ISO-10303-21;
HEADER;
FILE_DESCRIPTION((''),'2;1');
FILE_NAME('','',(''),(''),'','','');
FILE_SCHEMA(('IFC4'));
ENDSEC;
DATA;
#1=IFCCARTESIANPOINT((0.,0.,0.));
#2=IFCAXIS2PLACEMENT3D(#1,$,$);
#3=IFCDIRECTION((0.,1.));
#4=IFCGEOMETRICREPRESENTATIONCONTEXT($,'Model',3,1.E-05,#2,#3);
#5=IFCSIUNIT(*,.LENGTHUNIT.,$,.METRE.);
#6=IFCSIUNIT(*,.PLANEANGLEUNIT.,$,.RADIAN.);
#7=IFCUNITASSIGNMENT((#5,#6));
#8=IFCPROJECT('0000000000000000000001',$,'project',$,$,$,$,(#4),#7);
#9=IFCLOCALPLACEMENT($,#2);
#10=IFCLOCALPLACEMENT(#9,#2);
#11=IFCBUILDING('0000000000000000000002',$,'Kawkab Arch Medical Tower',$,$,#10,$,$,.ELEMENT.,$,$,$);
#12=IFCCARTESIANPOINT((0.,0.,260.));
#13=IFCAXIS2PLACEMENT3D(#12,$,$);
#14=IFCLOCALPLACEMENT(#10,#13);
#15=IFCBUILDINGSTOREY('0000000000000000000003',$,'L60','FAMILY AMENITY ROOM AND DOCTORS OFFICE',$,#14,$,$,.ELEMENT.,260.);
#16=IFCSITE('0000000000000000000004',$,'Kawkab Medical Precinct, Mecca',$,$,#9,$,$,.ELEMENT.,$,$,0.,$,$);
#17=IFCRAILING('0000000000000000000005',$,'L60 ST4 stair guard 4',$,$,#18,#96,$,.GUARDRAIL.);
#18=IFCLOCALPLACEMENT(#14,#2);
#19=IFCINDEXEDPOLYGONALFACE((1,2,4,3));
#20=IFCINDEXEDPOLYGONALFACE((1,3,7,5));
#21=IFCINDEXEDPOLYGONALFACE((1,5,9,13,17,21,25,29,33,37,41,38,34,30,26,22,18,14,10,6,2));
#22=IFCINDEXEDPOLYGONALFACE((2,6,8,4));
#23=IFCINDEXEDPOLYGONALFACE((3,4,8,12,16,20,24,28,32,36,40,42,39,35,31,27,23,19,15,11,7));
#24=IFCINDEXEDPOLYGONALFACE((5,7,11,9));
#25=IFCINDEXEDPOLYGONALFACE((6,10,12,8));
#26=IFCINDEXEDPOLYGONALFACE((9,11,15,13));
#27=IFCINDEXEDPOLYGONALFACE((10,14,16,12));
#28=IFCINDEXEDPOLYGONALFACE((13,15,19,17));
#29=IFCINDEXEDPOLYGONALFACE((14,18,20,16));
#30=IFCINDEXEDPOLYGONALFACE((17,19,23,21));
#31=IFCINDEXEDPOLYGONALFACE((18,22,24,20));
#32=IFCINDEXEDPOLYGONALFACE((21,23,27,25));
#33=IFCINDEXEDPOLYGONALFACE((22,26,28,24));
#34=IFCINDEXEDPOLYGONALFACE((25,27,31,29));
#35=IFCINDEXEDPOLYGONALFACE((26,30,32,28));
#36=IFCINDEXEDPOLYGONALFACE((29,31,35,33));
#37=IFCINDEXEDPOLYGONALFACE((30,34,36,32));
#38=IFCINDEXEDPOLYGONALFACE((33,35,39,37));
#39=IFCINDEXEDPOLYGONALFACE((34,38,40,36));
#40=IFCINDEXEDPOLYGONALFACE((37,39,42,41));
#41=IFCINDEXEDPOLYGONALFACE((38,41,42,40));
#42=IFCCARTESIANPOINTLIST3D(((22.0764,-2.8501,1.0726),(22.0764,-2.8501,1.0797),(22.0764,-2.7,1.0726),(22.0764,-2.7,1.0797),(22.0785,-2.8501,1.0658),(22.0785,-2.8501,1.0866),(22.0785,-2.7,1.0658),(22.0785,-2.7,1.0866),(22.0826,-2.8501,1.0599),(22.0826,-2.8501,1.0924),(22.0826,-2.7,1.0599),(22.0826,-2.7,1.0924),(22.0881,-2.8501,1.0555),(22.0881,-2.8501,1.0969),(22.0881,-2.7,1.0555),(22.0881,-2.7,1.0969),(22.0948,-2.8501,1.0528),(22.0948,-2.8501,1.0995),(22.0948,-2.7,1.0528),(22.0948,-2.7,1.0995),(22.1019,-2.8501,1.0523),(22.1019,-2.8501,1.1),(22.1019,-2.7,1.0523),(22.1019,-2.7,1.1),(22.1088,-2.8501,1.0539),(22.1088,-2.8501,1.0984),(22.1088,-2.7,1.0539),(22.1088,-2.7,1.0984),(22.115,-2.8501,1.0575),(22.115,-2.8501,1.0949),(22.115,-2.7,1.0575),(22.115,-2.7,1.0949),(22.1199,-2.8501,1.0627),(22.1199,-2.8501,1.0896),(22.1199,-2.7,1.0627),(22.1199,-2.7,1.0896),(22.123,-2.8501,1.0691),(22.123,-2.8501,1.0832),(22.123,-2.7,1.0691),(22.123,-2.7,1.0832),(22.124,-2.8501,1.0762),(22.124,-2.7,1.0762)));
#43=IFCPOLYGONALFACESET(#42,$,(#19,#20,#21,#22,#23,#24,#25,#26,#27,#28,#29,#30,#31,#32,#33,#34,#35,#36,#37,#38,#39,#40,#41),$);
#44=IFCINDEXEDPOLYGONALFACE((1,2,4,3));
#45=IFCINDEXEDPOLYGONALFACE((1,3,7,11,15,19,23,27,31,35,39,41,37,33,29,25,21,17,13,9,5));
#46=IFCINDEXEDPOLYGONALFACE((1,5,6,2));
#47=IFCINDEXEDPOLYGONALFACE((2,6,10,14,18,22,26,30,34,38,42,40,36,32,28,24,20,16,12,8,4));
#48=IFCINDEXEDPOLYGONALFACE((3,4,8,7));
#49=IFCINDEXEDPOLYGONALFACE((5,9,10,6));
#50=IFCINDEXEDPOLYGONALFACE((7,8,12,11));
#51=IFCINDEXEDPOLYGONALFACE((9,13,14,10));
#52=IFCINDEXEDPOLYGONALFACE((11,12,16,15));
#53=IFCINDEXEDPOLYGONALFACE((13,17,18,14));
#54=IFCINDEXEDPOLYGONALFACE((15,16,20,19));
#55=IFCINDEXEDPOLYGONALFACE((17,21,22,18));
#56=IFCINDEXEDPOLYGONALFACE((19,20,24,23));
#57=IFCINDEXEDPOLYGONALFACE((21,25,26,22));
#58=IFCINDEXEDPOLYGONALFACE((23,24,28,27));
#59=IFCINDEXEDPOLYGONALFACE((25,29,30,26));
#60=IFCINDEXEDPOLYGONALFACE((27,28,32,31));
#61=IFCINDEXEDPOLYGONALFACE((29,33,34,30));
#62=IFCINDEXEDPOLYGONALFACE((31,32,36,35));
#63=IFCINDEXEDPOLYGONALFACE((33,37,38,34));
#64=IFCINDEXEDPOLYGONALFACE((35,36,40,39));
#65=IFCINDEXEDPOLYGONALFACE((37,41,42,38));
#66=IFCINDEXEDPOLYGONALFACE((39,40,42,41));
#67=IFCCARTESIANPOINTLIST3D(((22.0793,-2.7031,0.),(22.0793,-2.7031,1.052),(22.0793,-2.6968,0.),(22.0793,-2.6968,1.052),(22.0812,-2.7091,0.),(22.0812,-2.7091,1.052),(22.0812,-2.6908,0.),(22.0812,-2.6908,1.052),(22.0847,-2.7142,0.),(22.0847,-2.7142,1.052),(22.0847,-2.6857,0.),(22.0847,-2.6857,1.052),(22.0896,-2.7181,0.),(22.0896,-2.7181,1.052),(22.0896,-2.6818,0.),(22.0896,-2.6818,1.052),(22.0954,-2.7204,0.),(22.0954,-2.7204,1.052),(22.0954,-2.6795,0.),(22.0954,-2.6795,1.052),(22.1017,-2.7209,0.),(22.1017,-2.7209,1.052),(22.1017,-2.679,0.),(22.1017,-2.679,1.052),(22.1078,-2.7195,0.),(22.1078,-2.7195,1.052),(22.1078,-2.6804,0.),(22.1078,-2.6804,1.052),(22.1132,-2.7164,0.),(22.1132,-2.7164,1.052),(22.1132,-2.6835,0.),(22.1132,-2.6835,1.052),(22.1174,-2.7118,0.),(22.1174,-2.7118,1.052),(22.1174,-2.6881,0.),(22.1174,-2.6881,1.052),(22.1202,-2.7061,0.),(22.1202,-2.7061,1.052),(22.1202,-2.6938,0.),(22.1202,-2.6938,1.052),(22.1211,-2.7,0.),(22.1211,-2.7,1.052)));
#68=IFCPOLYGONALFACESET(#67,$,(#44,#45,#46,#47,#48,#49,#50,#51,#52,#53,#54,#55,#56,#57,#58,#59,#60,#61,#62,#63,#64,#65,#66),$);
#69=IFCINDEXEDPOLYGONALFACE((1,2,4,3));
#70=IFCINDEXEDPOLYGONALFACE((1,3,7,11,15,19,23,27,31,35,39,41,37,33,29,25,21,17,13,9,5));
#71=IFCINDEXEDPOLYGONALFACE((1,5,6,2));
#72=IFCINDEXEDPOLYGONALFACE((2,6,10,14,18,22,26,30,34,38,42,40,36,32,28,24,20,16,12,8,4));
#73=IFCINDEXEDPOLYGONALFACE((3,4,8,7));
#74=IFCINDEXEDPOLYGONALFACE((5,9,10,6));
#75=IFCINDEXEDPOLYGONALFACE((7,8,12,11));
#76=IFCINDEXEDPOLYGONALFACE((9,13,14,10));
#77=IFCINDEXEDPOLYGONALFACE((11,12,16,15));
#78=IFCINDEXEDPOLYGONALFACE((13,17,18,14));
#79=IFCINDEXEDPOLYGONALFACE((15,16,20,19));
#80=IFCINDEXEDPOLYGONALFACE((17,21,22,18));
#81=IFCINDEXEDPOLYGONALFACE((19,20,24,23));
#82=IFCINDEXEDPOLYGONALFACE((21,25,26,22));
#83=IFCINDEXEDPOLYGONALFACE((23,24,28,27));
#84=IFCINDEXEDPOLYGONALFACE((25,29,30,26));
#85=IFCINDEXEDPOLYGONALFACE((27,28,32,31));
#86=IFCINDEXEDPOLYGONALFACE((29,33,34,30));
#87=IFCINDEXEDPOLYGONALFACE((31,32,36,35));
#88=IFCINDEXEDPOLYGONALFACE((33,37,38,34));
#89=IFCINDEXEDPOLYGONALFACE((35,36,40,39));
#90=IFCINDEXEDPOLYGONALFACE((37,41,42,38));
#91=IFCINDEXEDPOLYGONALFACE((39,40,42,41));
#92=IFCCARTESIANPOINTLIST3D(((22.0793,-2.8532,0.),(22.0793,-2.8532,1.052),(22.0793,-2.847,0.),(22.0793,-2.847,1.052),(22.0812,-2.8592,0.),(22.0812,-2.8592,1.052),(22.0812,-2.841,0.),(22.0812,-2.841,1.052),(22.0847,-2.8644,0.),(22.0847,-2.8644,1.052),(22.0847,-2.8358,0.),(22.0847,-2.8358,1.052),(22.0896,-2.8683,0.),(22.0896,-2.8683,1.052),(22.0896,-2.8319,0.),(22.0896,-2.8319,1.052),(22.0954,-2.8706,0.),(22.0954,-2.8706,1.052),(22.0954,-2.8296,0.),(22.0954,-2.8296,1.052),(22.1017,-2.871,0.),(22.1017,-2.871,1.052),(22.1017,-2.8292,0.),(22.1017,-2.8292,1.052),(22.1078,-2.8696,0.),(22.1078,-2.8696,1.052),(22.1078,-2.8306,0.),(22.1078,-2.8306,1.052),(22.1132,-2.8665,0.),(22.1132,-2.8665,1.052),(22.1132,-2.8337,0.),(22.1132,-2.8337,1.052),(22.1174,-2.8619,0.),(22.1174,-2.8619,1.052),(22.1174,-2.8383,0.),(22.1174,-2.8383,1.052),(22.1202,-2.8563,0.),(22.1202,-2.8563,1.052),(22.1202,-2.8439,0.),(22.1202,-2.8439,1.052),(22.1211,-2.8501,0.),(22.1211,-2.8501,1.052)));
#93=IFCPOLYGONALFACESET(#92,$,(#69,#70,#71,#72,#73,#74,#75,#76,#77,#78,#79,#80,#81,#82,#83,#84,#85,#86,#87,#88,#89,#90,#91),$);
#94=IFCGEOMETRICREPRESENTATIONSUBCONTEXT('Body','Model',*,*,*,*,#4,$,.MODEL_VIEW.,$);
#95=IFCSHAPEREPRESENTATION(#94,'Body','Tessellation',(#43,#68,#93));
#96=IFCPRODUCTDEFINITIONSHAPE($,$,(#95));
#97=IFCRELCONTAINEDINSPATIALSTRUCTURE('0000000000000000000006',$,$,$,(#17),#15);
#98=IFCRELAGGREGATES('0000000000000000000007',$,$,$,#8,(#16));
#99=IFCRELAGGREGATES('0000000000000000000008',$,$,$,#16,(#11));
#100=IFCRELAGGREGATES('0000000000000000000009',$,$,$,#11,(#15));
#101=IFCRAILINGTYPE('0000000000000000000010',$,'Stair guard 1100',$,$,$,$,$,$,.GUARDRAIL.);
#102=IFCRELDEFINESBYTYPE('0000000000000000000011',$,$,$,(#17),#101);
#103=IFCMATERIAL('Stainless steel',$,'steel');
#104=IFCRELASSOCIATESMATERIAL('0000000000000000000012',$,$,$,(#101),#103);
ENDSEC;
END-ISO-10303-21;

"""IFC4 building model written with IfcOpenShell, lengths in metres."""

from ifc_helpers import new_model, si_unit, direction, frame, origin, origin_2d, place, context, subcontext, project, spatial, circle, extrude, material, type_object, element, save


model = new_model("IFC4")

# Units and contexts
model_context = context("Model", 3, precision=1e-05, world=origin(), true_north=direction((0.0, 1.0)))
body_context = subcontext(model_context, "Body", "Model", "MODEL_VIEW")
ifc_project = project(units=[si_unit("LENGTHUNIT", "METRE"), si_unit("PLANEANGLEUNIT", "RADIAN")], contexts=[model_context])

# Site, building, storey
site_placement = place(None, origin())
site = spatial("IfcSite", under=ifc_project, at=site_placement, Name="Kawkab Medical Precinct, Mecca", CompositionType="ELEMENT", RefElevation=0.0)
building_placement = place(site_placement, origin())
building = spatial("IfcBuilding", under=site, at=building_placement, Name="Kawkab Arch Medical Tower", CompositionType="ELEMENT")
storey_placement = place(building_placement, frame((0.0, 0.0, 260.0)))
storey = spatial("IfcBuildingStorey", under=building, at=storey_placement, Name="L60", Description="FAMILY AMENITY ROOM AND DOCTORS OFFICE", CompositionType="ELEMENT", Elevation=260.0)

# Railing
ifc_material_1 = material(Name="Stainless steel", Category="steel")
railing_type = type_object("IfcRailingType", Name="Stair guard 1100", PredefinedType="GUARDRAIL", material=ifc_material_1)
railing_placement = place(storey_placement, frame((22.1001, -2.7, 0.0)))
element("IfcRailing", 1, at=railing_placement, inside=storey, type_object=railing_type, Name="L60 ST4 stair guard 4", PredefinedType="GUARDRAIL", context=body_context, shape_type="SweptSolid", body=[
    extrude(circle(Radius=0.0239, at=origin_2d()), frame((0.0, 0.0, 1.0762), z_axis=(0.0, -1.0, 0.0), x_axis=(1.0, 0.0, 0.0)), (0.0, 0.0, 1.0), 0.1501),
    extrude(circle(Radius=0.021, at=origin_2d()), origin(), (0.0, 0.0, 1.0), 1.052),
    extrude(circle(Radius=0.021, at=origin_2d()), frame((0.0, -0.1501, 0.0)), (0.0, 0.0, 1.0), 1.052),
])

save(model, "model.ifc")
